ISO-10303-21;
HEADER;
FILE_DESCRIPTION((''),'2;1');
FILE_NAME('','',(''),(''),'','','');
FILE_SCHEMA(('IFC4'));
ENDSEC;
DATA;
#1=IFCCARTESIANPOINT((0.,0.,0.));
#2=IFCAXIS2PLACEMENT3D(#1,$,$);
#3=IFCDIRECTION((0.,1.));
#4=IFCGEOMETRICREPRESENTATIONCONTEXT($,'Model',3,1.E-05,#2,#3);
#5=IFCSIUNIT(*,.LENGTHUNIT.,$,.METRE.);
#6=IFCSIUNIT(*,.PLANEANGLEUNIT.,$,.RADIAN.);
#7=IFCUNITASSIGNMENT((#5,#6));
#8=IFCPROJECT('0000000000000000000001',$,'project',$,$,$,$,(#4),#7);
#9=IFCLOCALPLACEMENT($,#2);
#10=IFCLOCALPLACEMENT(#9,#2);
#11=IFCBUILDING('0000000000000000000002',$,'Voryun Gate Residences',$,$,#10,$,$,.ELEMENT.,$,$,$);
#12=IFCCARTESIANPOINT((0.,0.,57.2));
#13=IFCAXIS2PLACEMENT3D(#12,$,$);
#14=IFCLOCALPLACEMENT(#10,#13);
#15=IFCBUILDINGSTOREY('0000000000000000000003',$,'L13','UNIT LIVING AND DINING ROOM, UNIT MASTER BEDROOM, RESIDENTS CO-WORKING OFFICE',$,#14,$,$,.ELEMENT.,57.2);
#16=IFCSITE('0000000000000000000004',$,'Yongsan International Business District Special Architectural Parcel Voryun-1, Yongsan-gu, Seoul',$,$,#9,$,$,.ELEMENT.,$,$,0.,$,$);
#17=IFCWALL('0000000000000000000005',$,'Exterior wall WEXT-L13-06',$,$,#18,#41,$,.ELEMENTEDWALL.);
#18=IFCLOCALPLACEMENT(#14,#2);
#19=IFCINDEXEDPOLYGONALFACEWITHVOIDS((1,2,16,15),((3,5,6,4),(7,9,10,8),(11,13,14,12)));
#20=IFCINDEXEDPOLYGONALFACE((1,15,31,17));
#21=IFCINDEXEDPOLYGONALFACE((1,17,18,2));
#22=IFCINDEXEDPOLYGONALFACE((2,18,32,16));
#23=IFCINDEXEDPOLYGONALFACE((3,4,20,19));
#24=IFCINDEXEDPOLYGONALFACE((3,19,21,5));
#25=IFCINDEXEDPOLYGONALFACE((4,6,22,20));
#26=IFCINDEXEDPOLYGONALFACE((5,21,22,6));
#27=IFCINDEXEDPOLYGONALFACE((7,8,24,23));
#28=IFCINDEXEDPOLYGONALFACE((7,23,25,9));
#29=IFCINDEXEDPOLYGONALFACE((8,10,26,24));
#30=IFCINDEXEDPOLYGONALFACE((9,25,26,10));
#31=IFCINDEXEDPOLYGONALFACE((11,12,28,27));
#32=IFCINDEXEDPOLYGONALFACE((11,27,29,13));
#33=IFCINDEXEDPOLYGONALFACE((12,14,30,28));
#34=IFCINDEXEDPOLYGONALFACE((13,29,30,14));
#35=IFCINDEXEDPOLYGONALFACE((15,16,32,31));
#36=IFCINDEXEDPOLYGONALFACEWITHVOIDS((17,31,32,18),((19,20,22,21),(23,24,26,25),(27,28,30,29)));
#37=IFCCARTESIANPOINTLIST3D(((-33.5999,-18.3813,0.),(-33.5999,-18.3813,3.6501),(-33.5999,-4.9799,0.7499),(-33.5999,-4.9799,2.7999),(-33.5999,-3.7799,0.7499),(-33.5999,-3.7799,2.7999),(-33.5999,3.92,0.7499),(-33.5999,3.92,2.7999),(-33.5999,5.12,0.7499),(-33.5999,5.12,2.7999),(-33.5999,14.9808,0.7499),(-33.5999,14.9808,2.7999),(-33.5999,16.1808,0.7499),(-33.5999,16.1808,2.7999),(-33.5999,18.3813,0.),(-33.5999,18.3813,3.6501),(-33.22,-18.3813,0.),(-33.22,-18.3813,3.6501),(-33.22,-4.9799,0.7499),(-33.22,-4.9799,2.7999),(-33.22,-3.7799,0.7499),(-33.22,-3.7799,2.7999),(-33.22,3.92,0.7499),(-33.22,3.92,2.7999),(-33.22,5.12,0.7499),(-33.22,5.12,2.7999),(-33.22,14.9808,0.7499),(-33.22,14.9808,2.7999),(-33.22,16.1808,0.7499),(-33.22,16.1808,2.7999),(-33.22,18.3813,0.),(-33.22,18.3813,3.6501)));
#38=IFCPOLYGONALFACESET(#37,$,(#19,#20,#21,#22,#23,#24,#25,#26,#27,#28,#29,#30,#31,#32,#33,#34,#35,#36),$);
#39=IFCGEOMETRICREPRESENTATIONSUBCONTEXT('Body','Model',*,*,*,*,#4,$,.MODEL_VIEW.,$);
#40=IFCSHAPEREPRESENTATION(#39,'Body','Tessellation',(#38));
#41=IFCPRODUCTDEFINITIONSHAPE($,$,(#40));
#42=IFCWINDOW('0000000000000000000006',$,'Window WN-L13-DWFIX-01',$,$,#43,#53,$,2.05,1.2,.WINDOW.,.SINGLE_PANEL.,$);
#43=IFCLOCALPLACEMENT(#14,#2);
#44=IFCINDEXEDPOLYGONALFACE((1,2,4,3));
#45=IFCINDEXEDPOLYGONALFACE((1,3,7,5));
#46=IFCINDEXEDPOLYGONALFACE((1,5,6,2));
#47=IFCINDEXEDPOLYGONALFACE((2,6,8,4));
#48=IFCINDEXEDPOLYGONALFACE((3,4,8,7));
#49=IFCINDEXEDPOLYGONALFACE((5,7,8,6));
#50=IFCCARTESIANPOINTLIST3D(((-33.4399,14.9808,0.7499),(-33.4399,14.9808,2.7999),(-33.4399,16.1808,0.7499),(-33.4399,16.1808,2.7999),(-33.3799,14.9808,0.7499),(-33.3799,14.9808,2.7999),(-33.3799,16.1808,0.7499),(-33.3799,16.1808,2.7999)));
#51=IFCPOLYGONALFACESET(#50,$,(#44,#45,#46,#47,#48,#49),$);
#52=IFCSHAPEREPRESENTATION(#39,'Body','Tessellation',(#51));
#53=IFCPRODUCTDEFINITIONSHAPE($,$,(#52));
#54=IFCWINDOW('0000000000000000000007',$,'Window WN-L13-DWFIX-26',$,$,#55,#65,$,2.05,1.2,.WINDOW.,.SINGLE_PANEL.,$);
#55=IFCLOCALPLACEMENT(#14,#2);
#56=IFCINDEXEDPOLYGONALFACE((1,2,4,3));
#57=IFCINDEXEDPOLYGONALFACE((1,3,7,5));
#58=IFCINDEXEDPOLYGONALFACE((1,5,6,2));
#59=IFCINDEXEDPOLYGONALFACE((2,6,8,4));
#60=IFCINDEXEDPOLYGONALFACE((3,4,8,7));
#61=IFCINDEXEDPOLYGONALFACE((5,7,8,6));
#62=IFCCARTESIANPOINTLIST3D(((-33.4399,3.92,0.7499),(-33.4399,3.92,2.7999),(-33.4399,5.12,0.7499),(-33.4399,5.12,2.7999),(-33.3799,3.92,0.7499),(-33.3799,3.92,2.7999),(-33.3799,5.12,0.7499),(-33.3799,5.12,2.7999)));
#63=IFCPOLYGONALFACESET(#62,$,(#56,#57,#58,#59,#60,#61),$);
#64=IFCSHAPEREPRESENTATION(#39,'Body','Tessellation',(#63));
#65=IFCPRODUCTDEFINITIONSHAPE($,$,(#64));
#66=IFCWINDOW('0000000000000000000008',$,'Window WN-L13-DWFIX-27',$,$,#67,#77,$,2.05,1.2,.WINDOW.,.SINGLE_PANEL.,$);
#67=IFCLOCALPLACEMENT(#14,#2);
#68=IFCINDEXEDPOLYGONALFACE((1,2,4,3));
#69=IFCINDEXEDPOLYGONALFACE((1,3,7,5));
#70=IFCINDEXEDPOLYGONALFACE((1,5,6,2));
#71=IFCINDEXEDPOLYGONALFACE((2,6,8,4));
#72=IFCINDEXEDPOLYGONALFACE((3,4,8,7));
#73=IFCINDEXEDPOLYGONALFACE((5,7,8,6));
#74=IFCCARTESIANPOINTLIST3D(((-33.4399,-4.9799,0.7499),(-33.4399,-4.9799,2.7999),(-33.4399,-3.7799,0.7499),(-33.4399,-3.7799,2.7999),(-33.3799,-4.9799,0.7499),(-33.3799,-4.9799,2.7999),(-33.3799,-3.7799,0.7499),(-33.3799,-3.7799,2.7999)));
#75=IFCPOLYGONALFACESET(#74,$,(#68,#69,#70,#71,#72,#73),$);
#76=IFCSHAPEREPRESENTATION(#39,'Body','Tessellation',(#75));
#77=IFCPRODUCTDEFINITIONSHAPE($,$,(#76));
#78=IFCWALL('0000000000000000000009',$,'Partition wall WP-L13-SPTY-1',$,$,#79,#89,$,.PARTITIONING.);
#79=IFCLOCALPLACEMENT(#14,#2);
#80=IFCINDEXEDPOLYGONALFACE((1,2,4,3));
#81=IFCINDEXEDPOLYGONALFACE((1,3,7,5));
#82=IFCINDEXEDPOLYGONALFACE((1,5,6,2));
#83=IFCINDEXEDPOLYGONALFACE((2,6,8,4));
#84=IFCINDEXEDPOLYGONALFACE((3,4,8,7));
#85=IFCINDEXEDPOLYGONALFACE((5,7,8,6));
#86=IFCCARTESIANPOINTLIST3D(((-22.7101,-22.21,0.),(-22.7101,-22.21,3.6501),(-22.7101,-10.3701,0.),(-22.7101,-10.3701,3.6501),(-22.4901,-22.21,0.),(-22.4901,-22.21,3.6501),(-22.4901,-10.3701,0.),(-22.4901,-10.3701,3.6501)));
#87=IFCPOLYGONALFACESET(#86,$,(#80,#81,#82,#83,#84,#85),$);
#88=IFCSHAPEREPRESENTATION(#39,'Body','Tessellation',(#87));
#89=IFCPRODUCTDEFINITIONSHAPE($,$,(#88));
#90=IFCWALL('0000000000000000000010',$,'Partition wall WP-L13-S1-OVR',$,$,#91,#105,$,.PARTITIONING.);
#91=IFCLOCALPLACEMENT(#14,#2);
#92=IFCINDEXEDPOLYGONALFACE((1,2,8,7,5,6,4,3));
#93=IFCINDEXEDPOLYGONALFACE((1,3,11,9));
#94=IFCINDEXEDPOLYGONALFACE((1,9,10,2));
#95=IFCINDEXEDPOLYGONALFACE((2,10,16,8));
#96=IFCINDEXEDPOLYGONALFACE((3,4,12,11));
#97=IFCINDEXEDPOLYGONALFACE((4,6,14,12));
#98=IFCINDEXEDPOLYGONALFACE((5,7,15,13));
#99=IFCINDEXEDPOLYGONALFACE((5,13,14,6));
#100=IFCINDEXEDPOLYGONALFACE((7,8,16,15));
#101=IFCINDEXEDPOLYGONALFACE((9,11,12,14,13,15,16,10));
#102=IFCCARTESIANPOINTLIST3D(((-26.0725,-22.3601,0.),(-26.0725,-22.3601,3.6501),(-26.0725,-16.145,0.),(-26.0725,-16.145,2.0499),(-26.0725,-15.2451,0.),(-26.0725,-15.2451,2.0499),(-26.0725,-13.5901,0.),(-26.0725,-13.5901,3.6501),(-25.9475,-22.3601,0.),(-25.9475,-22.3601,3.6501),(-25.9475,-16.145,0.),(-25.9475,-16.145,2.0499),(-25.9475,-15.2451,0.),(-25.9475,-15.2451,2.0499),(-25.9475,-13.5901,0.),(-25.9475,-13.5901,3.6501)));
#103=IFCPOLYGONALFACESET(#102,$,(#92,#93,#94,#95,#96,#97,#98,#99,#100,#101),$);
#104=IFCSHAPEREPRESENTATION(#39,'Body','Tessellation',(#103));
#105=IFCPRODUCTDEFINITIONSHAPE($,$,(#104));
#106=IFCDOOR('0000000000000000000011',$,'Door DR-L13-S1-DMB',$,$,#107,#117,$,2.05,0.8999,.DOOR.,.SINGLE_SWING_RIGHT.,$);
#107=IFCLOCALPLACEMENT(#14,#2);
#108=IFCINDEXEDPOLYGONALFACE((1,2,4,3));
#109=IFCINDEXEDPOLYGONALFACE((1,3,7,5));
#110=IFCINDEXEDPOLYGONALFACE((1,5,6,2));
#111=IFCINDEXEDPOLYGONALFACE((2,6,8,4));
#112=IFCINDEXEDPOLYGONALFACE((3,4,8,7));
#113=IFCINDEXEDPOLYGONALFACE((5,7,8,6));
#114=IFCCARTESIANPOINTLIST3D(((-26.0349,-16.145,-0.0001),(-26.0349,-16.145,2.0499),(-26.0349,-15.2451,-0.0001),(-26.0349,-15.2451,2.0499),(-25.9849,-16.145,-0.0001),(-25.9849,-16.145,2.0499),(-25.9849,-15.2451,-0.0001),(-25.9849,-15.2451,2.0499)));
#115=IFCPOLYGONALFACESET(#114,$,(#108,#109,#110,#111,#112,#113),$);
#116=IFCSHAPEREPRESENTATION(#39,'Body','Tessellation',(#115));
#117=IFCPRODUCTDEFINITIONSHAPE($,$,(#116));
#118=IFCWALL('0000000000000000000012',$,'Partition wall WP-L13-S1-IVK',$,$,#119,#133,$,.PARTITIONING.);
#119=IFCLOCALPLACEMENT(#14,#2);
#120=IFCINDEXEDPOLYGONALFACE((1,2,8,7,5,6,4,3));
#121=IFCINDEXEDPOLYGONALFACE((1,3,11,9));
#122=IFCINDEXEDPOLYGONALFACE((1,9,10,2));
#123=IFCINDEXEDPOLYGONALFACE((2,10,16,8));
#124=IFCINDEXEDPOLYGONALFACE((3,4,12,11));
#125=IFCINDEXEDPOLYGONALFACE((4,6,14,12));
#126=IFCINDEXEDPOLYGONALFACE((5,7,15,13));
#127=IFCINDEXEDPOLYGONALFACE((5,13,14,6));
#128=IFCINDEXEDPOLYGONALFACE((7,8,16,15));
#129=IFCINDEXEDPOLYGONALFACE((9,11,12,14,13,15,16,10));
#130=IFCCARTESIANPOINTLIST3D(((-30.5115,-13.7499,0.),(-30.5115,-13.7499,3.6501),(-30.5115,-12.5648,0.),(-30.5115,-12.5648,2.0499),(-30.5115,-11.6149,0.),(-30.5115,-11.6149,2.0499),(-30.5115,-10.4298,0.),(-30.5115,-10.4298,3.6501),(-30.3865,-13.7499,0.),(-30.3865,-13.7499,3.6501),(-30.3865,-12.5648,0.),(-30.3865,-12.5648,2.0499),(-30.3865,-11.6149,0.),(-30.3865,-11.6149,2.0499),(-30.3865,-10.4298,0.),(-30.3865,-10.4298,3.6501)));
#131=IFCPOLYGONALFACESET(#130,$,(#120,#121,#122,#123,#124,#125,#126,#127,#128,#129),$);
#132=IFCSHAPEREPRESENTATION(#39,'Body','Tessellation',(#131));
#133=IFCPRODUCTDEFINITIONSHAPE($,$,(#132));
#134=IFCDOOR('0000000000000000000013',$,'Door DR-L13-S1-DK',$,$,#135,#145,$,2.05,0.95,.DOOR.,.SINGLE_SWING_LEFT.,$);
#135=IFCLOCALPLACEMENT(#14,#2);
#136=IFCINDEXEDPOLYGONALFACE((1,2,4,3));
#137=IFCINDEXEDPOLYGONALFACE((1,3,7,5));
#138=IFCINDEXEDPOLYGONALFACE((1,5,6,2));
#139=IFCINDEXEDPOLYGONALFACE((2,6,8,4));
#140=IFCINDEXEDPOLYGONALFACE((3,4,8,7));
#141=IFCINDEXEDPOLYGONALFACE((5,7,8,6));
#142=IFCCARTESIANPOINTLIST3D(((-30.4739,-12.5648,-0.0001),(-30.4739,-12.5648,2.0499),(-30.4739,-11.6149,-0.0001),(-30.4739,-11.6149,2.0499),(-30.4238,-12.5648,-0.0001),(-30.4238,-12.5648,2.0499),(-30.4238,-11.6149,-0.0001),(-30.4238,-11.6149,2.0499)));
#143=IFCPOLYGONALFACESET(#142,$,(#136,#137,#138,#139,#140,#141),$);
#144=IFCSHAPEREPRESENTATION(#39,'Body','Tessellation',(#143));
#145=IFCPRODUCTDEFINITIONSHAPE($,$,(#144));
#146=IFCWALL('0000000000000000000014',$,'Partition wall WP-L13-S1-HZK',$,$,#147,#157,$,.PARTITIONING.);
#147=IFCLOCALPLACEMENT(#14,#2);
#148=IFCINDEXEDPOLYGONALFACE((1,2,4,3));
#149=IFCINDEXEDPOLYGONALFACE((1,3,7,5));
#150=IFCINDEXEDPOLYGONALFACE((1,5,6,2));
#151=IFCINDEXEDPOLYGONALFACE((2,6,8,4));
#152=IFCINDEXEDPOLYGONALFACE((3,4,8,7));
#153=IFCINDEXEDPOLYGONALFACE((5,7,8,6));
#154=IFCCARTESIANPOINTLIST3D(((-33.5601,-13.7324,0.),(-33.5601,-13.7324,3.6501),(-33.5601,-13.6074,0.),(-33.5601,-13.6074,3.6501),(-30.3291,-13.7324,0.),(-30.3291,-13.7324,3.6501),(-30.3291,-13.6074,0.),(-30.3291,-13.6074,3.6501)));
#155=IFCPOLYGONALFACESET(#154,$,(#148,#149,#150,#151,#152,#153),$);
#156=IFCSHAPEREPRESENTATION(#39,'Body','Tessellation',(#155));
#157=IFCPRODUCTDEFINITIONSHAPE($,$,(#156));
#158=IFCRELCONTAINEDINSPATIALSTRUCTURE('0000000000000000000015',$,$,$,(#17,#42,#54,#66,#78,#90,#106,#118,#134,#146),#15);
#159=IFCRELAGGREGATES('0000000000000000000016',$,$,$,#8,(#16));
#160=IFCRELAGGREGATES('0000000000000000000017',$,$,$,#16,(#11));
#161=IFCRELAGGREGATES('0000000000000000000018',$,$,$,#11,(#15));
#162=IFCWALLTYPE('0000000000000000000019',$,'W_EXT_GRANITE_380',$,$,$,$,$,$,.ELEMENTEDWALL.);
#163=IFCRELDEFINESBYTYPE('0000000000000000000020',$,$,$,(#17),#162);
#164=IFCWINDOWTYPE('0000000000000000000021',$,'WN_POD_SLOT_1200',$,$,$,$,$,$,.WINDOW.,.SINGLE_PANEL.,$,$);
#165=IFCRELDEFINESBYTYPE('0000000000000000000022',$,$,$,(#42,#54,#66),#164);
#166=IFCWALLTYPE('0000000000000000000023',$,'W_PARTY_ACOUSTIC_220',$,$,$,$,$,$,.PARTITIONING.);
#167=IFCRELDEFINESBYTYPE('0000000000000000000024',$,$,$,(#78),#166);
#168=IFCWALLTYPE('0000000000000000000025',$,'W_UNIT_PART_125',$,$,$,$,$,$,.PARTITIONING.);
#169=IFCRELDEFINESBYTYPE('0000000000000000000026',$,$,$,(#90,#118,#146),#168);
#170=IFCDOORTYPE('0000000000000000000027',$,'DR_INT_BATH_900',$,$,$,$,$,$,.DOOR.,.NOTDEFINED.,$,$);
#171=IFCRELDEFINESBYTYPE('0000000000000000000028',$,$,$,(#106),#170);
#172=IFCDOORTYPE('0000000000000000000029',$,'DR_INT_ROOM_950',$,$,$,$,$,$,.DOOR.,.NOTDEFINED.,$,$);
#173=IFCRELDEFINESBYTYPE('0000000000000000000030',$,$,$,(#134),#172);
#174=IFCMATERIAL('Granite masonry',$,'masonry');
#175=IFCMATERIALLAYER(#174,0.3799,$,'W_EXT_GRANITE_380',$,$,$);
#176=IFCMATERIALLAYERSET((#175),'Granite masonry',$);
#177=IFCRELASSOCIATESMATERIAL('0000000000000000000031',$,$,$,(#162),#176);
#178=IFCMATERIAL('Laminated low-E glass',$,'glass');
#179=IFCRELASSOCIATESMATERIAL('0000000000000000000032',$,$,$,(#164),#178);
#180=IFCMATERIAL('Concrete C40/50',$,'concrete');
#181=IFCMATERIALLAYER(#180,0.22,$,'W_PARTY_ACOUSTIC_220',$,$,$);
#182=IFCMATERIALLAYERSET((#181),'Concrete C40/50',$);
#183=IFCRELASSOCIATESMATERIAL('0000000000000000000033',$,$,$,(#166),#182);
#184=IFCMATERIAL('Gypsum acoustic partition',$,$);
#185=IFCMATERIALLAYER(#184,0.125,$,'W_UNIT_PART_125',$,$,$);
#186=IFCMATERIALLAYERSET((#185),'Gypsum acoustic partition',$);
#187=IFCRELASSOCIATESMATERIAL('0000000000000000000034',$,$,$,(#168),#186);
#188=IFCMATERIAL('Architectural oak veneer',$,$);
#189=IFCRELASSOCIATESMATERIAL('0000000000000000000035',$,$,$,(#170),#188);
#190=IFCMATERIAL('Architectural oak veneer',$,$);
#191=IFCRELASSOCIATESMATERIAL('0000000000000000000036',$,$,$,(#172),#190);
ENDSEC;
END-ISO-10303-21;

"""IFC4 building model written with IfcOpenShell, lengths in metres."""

from ifc_helpers import new_model, si_unit, direction, frame, frame_2d, origin, place, context, subcontext, project, spatial, rectangle, extrude, material, layer, layer_set, type_object, element, fill, save


model = new_model("IFC4")

# Units and contexts
model_context = context("Model", 3, precision=1e-05, world=origin(), true_north=direction((0.0, 1.0)))
body_context = subcontext(model_context, "Body", "Model", "MODEL_VIEW")
ifc_project = project(units=[si_unit("LENGTHUNIT", "METRE"), si_unit("PLANEANGLEUNIT", "RADIAN")], contexts=[model_context])

# Site, building, storey
site_placement = place(None, origin())
site = spatial("IfcSite", under=ifc_project, at=site_placement, Name="Yongsan International Business District Special Architectural Parcel Voryun-1, Yongsan-gu, Seoul", CompositionType="ELEMENT", RefElevation=0.0)
building_placement = place(site_placement, origin())
building = spatial("IfcBuilding", under=site, at=building_placement, Name="Voryun Gate Residences", CompositionType="ELEMENT")
storey_placement = place(building_placement, frame((0.0, 0.0, 57.2)))
storey = spatial("IfcBuildingStorey", under=building, at=storey_placement, Name="L13", Description="UNIT LIVING AND DINING ROOM, UNIT MASTER BEDROOM, RESIDENTS CO-WORKING OFFICE", CompositionType="ELEMENT", Elevation=57.2)

# Shared definitions
ifc_material_1 = material(Name="Granite masonry", Category="masonry")
ifc_layer_1 = layer(ifc_material_1, 0.3799, Name="W_EXT_GRANITE_380")
ifc_layer_set_1 = layer_set([ifc_layer_1], Name="Granite masonry")
wall_type_1 = type_object("IfcWallType", Name="W_EXT_GRANITE_380", PredefinedType="ELEMENTEDWALL", material=ifc_layer_set_1)

# Wall, openings, windows
wall_1_placement = place(storey_placement, frame((-33.4099, -18.3813, 0.0), z_axis=(0.0, 0.0, 1.0), x_axis=(0.0, 1.0, 0.0)))
wall_1 = element("IfcWall", 1, at=wall_1_placement, inside=storey, type_object=wall_type_1, Name="Exterior wall WEXT-L13-06", PredefinedType="ELEMENTEDWALL", context=body_context, shape_type="SweptSolid", body=[
    extrude(rectangle(XDim=36.7627, YDim=0.3799, at=frame_2d((18.3813, 0.0))), origin(), (0.0, 0.0, 1.0), 3.6501),
])
opening_1_placement = place(wall_1_placement, frame((33.3621, 0.0, 0.75)))
opening_1 = element("IfcOpeningElement", 2, at=opening_1_placement, cuts=wall_1, PredefinedType="OPENING", context=body_context, shape_type="SweptSolid", body=[
    extrude(rectangle(XDim=1.2, YDim=2.05, at=frame_2d((0.6001, 1.0249))), frame((0.0, 0.2, 0.0), z_axis=(0.0, -1.0, 0.0), x_axis=(1.0, 0.0, 0.0)), (0.0, 0.0, 1.0), 0.3999),
])
opening_2_placement = place(wall_1_placement, frame((22.3013, 0.0, 0.75)))
opening_2 = element("IfcOpeningElement", 3, at=opening_2_placement, cuts=wall_1, PredefinedType="OPENING", context=body_context, shape_type="SweptSolid", body=[
    extrude(rectangle(XDim=1.2, YDim=2.05, at=frame_2d((0.6001, 1.0249))), frame((0.0, 0.2, 0.0), z_axis=(0.0, -1.0, 0.0), x_axis=(1.0, 0.0, 0.0)), (0.0, 0.0, 1.0), 0.3999),
])
opening_3_placement = place(wall_1_placement, frame((13.4014, 0.0, 0.75)))
opening_3 = element("IfcOpeningElement", 4, at=opening_3_placement, cuts=wall_1, PredefinedType="OPENING", context=body_context, shape_type="SweptSolid", body=[
    extrude(rectangle(XDim=1.2, YDim=2.05, at=frame_2d((0.6001, 1.0249))), frame((0.0, 0.2, 0.0), z_axis=(0.0, -1.0, 0.0), x_axis=(1.0, 0.0, 0.0)), (0.0, 0.0, 1.0), 0.3999),
])
ifc_material_2 = material(Name="Laminated low-E glass", Category="glass")
window_type = type_object("IfcWindowType", Name="WN_POD_SLOT_1200", PartitioningType="SINGLE_PANEL", PredefinedType="WINDOW", material=ifc_material_2)
window_1_placement = place(opening_1_placement, origin())
window_1 = element("IfcWindow", 5, at=window_1_placement, inside=storey, type_object=window_type, Name="Window WN-L13-DWFIX-01", OverallHeight=2.05, OverallWidth=1.2, PartitioningType="SINGLE_PANEL", PredefinedType="WINDOW", context=body_context, shape_type="SweptSolid", body=[
    extrude(rectangle(XDim=1.2, YDim=2.05, at=frame_2d((0.6001, 1.0249))), frame((0.0, 0.03, 0.0), z_axis=(0.0, -1.0, 0.0), x_axis=(1.0, 0.0, 0.0)), (0.0, 0.0, 1.0), 0.0601),
])
fill(opening_1, window_1)
window_2_placement = place(opening_2_placement, origin())
window_2 = element("IfcWindow", 6, at=window_2_placement, inside=storey, type_object=window_type, Name="Window WN-L13-DWFIX-26", OverallHeight=2.05, OverallWidth=1.2, PartitioningType="SINGLE_PANEL", PredefinedType="WINDOW", context=body_context, shape_type="SweptSolid", body=[
    extrude(rectangle(XDim=1.2, YDim=2.05, at=frame_2d((0.6001, 1.0249))), frame((0.0, 0.03, 0.0), z_axis=(0.0, -1.0, 0.0), x_axis=(1.0, 0.0, 0.0)), (0.0, 0.0, 1.0), 0.0601),
])
fill(opening_2, window_2)
window_3_placement = place(opening_3_placement, origin())
window_3 = element("IfcWindow", 7, at=window_3_placement, inside=storey, type_object=window_type, Name="Window WN-L13-DWFIX-27", OverallHeight=2.05, OverallWidth=1.2, PartitioningType="SINGLE_PANEL", PredefinedType="WINDOW", context=body_context, shape_type="SweptSolid", body=[
    extrude(rectangle(XDim=1.2, YDim=2.05, at=frame_2d((0.6001, 1.0249))), frame((0.0, 0.03, 0.0), z_axis=(0.0, -1.0, 0.0), x_axis=(1.0, 0.0, 0.0)), (0.0, 0.0, 1.0), 0.0601),
])
fill(opening_3, window_3)

# Wall
ifc_material_3 = material(Name="Concrete C40/50", Category="concrete")
ifc_layer_2 = layer(ifc_material_3, 0.22, Name="W_PARTY_ACOUSTIC_220")
ifc_layer_set_2 = layer_set([ifc_layer_2], Name="Concrete C40/50")
wall_type_2 = type_object("IfcWallType", Name="W_PARTY_ACOUSTIC_220", PredefinedType="PARTITIONING", material=ifc_layer_set_2)
wall_2_placement = place(storey_placement, frame((-22.6001, -22.21, 0.0), z_axis=(0.0, 0.0, 1.0), x_axis=(0.0, 1.0, 0.0)))
element("IfcWall", 8, at=wall_2_placement, inside=storey, type_object=wall_type_2, Name="Partition wall WP-L13-SPTY-1", PredefinedType="PARTITIONING", context=body_context, shape_type="SweptSolid", body=[
    extrude(rectangle(XDim=11.8398, YDim=0.22, at=frame_2d((5.9199, 0.0))), origin(), (0.0, 0.0, 1.0), 3.6501),
])

# Walls, openings, doors
ifc_material_4 = material(Name="Gypsum acoustic partition")
ifc_layer_3 = layer(ifc_material_4, 0.125, Name="W_UNIT_PART_125")
ifc_layer_set_3 = layer_set([ifc_layer_3], Name="Gypsum acoustic partition")
wall_type_3 = type_object("IfcWallType", Name="W_UNIT_PART_125", PredefinedType="PARTITIONING", material=ifc_layer_set_3)
wall_3_placement = place(storey_placement, frame((-26.01, -22.3601, 0.0), z_axis=(0.0, 0.0, 1.0), x_axis=(0.0, 1.0, 0.0)))
wall_3 = element("IfcWall", 9, at=wall_3_placement, inside=storey, type_object=wall_type_3, Name="Partition wall WP-L13-S1-OVR", PredefinedType="PARTITIONING", context=body_context, shape_type="SweptSolid", body=[
    extrude(rectangle(XDim=8.77, YDim=0.125, at=frame_2d((4.385, 0.0))), origin(), (0.0, 0.0, 1.0), 3.6501),
])
opening_4_placement = place(wall_3_placement, frame((6.2151, 0.0, 0.0)))
opening_4 = element("IfcOpeningElement", 10, at=opening_4_placement, cuts=wall_3, PredefinedType="OPENING", context=body_context, shape_type="SweptSolid", body=[
    extrude(rectangle(XDim=0.8999, YDim=2.05, at=frame_2d((0.45, 1.0249))), frame((0.0, 0.0725, 0.0), z_axis=(0.0, -1.0, 0.0), x_axis=(1.0, 0.0, 0.0)), (0.0, 0.0, 1.0), 0.145),
])
ifc_material_5 = material(Name="Architectural oak veneer")
door_type_1 = type_object("IfcDoorType", Name="DR_INT_BATH_900", OperationType="NOTDEFINED", PredefinedType="DOOR", material=ifc_material_5)
door_1_placement = place(opening_4_placement, origin())
door_1 = element("IfcDoor", 11, at=door_1_placement, inside=storey, type_object=door_type_1, Name="Door DR-L13-S1-DMB", OperationType="SINGLE_SWING_RIGHT", OverallHeight=2.05, OverallWidth=0.8999, PredefinedType="DOOR", context=body_context, shape_type="SweptSolid", body=[
    extrude(rectangle(XDim=0.8999, YDim=2.05, at=frame_2d((0.45, 1.0249))), frame((0.0, 0.0249, 0.0), z_axis=(0.0, -1.0, 0.0), x_axis=(1.0, 0.0, 0.0)), (0.0, 0.0, 1.0), 0.05),
])
fill(opening_4, door_1)
wall_4_placement = place(storey_placement, frame((-30.449, -13.75, 0.0), z_axis=(0.0, 0.0, 1.0), x_axis=(0.0, 1.0, 0.0)))
wall_4 = element("IfcWall", 12, at=wall_4_placement, inside=storey, type_object=wall_type_3, Name="Partition wall WP-L13-S1-IVK", PredefinedType="PARTITIONING", context=body_context, shape_type="SweptSolid", body=[
    extrude(rectangle(XDim=3.3201, YDim=0.125, at=frame_2d((1.6602, 0.0))), origin(), (0.0, 0.0, 1.0), 3.6501),
])
opening_5_placement = place(wall_4_placement, frame((1.1851, 0.0, 0.0)))
opening_5 = element("IfcOpeningElement", 13, at=opening_5_placement, cuts=wall_4, PredefinedType="OPENING", context=body_context, shape_type="SweptSolid", body=[
    extrude(rectangle(XDim=0.95, YDim=2.05, at=frame_2d((0.4751, 1.0249))), frame((0.0, 0.0725, 0.0), z_axis=(0.0, -1.0, 0.0), x_axis=(1.0, 0.0, 0.0)), (0.0, 0.0, 1.0), 0.145),
])
ifc_material_6 = material(Name="Architectural oak veneer")
door_type_2 = type_object("IfcDoorType", Name="DR_INT_ROOM_950", OperationType="NOTDEFINED", PredefinedType="DOOR", material=ifc_material_6)
door_2_placement = place(opening_5_placement, origin())
door_2 = element("IfcDoor", 14, at=door_2_placement, inside=storey, type_object=door_type_2, Name="Door DR-L13-S1-DK", OperationType="SINGLE_SWING_LEFT", OverallHeight=2.05, OverallWidth=0.95, PredefinedType="DOOR", context=body_context, shape_type="SweptSolid", body=[
    extrude(rectangle(XDim=0.95, YDim=2.05, at=frame_2d((0.4751, 1.0249))), frame((0.0, 0.0249, 0.0), z_axis=(0.0, -1.0, 0.0), x_axis=(1.0, 0.0, 0.0)), (0.0, 0.0, 1.0), 0.05),
])
fill(opening_5, door_2)

# Wall
wall_5_placement = place(storey_placement, frame((-33.5601, -13.6699, 0.0), z_axis=(0.0, 0.0, 1.0), x_axis=(1.0, 0.0, 0.0)))
element("IfcWall", 15, at=wall_5_placement, inside=storey, type_object=wall_type_3, Name="Partition wall WP-L13-S1-HZK", PredefinedType="PARTITIONING", context=body_context, shape_type="SweptSolid", body=[
    extrude(rectangle(XDim=3.231, YDim=0.125, at=frame_2d((1.6155, 0.0))), origin(), (0.0, 0.0, 1.0), 3.6501),
])

save(model, "model.ifc")
